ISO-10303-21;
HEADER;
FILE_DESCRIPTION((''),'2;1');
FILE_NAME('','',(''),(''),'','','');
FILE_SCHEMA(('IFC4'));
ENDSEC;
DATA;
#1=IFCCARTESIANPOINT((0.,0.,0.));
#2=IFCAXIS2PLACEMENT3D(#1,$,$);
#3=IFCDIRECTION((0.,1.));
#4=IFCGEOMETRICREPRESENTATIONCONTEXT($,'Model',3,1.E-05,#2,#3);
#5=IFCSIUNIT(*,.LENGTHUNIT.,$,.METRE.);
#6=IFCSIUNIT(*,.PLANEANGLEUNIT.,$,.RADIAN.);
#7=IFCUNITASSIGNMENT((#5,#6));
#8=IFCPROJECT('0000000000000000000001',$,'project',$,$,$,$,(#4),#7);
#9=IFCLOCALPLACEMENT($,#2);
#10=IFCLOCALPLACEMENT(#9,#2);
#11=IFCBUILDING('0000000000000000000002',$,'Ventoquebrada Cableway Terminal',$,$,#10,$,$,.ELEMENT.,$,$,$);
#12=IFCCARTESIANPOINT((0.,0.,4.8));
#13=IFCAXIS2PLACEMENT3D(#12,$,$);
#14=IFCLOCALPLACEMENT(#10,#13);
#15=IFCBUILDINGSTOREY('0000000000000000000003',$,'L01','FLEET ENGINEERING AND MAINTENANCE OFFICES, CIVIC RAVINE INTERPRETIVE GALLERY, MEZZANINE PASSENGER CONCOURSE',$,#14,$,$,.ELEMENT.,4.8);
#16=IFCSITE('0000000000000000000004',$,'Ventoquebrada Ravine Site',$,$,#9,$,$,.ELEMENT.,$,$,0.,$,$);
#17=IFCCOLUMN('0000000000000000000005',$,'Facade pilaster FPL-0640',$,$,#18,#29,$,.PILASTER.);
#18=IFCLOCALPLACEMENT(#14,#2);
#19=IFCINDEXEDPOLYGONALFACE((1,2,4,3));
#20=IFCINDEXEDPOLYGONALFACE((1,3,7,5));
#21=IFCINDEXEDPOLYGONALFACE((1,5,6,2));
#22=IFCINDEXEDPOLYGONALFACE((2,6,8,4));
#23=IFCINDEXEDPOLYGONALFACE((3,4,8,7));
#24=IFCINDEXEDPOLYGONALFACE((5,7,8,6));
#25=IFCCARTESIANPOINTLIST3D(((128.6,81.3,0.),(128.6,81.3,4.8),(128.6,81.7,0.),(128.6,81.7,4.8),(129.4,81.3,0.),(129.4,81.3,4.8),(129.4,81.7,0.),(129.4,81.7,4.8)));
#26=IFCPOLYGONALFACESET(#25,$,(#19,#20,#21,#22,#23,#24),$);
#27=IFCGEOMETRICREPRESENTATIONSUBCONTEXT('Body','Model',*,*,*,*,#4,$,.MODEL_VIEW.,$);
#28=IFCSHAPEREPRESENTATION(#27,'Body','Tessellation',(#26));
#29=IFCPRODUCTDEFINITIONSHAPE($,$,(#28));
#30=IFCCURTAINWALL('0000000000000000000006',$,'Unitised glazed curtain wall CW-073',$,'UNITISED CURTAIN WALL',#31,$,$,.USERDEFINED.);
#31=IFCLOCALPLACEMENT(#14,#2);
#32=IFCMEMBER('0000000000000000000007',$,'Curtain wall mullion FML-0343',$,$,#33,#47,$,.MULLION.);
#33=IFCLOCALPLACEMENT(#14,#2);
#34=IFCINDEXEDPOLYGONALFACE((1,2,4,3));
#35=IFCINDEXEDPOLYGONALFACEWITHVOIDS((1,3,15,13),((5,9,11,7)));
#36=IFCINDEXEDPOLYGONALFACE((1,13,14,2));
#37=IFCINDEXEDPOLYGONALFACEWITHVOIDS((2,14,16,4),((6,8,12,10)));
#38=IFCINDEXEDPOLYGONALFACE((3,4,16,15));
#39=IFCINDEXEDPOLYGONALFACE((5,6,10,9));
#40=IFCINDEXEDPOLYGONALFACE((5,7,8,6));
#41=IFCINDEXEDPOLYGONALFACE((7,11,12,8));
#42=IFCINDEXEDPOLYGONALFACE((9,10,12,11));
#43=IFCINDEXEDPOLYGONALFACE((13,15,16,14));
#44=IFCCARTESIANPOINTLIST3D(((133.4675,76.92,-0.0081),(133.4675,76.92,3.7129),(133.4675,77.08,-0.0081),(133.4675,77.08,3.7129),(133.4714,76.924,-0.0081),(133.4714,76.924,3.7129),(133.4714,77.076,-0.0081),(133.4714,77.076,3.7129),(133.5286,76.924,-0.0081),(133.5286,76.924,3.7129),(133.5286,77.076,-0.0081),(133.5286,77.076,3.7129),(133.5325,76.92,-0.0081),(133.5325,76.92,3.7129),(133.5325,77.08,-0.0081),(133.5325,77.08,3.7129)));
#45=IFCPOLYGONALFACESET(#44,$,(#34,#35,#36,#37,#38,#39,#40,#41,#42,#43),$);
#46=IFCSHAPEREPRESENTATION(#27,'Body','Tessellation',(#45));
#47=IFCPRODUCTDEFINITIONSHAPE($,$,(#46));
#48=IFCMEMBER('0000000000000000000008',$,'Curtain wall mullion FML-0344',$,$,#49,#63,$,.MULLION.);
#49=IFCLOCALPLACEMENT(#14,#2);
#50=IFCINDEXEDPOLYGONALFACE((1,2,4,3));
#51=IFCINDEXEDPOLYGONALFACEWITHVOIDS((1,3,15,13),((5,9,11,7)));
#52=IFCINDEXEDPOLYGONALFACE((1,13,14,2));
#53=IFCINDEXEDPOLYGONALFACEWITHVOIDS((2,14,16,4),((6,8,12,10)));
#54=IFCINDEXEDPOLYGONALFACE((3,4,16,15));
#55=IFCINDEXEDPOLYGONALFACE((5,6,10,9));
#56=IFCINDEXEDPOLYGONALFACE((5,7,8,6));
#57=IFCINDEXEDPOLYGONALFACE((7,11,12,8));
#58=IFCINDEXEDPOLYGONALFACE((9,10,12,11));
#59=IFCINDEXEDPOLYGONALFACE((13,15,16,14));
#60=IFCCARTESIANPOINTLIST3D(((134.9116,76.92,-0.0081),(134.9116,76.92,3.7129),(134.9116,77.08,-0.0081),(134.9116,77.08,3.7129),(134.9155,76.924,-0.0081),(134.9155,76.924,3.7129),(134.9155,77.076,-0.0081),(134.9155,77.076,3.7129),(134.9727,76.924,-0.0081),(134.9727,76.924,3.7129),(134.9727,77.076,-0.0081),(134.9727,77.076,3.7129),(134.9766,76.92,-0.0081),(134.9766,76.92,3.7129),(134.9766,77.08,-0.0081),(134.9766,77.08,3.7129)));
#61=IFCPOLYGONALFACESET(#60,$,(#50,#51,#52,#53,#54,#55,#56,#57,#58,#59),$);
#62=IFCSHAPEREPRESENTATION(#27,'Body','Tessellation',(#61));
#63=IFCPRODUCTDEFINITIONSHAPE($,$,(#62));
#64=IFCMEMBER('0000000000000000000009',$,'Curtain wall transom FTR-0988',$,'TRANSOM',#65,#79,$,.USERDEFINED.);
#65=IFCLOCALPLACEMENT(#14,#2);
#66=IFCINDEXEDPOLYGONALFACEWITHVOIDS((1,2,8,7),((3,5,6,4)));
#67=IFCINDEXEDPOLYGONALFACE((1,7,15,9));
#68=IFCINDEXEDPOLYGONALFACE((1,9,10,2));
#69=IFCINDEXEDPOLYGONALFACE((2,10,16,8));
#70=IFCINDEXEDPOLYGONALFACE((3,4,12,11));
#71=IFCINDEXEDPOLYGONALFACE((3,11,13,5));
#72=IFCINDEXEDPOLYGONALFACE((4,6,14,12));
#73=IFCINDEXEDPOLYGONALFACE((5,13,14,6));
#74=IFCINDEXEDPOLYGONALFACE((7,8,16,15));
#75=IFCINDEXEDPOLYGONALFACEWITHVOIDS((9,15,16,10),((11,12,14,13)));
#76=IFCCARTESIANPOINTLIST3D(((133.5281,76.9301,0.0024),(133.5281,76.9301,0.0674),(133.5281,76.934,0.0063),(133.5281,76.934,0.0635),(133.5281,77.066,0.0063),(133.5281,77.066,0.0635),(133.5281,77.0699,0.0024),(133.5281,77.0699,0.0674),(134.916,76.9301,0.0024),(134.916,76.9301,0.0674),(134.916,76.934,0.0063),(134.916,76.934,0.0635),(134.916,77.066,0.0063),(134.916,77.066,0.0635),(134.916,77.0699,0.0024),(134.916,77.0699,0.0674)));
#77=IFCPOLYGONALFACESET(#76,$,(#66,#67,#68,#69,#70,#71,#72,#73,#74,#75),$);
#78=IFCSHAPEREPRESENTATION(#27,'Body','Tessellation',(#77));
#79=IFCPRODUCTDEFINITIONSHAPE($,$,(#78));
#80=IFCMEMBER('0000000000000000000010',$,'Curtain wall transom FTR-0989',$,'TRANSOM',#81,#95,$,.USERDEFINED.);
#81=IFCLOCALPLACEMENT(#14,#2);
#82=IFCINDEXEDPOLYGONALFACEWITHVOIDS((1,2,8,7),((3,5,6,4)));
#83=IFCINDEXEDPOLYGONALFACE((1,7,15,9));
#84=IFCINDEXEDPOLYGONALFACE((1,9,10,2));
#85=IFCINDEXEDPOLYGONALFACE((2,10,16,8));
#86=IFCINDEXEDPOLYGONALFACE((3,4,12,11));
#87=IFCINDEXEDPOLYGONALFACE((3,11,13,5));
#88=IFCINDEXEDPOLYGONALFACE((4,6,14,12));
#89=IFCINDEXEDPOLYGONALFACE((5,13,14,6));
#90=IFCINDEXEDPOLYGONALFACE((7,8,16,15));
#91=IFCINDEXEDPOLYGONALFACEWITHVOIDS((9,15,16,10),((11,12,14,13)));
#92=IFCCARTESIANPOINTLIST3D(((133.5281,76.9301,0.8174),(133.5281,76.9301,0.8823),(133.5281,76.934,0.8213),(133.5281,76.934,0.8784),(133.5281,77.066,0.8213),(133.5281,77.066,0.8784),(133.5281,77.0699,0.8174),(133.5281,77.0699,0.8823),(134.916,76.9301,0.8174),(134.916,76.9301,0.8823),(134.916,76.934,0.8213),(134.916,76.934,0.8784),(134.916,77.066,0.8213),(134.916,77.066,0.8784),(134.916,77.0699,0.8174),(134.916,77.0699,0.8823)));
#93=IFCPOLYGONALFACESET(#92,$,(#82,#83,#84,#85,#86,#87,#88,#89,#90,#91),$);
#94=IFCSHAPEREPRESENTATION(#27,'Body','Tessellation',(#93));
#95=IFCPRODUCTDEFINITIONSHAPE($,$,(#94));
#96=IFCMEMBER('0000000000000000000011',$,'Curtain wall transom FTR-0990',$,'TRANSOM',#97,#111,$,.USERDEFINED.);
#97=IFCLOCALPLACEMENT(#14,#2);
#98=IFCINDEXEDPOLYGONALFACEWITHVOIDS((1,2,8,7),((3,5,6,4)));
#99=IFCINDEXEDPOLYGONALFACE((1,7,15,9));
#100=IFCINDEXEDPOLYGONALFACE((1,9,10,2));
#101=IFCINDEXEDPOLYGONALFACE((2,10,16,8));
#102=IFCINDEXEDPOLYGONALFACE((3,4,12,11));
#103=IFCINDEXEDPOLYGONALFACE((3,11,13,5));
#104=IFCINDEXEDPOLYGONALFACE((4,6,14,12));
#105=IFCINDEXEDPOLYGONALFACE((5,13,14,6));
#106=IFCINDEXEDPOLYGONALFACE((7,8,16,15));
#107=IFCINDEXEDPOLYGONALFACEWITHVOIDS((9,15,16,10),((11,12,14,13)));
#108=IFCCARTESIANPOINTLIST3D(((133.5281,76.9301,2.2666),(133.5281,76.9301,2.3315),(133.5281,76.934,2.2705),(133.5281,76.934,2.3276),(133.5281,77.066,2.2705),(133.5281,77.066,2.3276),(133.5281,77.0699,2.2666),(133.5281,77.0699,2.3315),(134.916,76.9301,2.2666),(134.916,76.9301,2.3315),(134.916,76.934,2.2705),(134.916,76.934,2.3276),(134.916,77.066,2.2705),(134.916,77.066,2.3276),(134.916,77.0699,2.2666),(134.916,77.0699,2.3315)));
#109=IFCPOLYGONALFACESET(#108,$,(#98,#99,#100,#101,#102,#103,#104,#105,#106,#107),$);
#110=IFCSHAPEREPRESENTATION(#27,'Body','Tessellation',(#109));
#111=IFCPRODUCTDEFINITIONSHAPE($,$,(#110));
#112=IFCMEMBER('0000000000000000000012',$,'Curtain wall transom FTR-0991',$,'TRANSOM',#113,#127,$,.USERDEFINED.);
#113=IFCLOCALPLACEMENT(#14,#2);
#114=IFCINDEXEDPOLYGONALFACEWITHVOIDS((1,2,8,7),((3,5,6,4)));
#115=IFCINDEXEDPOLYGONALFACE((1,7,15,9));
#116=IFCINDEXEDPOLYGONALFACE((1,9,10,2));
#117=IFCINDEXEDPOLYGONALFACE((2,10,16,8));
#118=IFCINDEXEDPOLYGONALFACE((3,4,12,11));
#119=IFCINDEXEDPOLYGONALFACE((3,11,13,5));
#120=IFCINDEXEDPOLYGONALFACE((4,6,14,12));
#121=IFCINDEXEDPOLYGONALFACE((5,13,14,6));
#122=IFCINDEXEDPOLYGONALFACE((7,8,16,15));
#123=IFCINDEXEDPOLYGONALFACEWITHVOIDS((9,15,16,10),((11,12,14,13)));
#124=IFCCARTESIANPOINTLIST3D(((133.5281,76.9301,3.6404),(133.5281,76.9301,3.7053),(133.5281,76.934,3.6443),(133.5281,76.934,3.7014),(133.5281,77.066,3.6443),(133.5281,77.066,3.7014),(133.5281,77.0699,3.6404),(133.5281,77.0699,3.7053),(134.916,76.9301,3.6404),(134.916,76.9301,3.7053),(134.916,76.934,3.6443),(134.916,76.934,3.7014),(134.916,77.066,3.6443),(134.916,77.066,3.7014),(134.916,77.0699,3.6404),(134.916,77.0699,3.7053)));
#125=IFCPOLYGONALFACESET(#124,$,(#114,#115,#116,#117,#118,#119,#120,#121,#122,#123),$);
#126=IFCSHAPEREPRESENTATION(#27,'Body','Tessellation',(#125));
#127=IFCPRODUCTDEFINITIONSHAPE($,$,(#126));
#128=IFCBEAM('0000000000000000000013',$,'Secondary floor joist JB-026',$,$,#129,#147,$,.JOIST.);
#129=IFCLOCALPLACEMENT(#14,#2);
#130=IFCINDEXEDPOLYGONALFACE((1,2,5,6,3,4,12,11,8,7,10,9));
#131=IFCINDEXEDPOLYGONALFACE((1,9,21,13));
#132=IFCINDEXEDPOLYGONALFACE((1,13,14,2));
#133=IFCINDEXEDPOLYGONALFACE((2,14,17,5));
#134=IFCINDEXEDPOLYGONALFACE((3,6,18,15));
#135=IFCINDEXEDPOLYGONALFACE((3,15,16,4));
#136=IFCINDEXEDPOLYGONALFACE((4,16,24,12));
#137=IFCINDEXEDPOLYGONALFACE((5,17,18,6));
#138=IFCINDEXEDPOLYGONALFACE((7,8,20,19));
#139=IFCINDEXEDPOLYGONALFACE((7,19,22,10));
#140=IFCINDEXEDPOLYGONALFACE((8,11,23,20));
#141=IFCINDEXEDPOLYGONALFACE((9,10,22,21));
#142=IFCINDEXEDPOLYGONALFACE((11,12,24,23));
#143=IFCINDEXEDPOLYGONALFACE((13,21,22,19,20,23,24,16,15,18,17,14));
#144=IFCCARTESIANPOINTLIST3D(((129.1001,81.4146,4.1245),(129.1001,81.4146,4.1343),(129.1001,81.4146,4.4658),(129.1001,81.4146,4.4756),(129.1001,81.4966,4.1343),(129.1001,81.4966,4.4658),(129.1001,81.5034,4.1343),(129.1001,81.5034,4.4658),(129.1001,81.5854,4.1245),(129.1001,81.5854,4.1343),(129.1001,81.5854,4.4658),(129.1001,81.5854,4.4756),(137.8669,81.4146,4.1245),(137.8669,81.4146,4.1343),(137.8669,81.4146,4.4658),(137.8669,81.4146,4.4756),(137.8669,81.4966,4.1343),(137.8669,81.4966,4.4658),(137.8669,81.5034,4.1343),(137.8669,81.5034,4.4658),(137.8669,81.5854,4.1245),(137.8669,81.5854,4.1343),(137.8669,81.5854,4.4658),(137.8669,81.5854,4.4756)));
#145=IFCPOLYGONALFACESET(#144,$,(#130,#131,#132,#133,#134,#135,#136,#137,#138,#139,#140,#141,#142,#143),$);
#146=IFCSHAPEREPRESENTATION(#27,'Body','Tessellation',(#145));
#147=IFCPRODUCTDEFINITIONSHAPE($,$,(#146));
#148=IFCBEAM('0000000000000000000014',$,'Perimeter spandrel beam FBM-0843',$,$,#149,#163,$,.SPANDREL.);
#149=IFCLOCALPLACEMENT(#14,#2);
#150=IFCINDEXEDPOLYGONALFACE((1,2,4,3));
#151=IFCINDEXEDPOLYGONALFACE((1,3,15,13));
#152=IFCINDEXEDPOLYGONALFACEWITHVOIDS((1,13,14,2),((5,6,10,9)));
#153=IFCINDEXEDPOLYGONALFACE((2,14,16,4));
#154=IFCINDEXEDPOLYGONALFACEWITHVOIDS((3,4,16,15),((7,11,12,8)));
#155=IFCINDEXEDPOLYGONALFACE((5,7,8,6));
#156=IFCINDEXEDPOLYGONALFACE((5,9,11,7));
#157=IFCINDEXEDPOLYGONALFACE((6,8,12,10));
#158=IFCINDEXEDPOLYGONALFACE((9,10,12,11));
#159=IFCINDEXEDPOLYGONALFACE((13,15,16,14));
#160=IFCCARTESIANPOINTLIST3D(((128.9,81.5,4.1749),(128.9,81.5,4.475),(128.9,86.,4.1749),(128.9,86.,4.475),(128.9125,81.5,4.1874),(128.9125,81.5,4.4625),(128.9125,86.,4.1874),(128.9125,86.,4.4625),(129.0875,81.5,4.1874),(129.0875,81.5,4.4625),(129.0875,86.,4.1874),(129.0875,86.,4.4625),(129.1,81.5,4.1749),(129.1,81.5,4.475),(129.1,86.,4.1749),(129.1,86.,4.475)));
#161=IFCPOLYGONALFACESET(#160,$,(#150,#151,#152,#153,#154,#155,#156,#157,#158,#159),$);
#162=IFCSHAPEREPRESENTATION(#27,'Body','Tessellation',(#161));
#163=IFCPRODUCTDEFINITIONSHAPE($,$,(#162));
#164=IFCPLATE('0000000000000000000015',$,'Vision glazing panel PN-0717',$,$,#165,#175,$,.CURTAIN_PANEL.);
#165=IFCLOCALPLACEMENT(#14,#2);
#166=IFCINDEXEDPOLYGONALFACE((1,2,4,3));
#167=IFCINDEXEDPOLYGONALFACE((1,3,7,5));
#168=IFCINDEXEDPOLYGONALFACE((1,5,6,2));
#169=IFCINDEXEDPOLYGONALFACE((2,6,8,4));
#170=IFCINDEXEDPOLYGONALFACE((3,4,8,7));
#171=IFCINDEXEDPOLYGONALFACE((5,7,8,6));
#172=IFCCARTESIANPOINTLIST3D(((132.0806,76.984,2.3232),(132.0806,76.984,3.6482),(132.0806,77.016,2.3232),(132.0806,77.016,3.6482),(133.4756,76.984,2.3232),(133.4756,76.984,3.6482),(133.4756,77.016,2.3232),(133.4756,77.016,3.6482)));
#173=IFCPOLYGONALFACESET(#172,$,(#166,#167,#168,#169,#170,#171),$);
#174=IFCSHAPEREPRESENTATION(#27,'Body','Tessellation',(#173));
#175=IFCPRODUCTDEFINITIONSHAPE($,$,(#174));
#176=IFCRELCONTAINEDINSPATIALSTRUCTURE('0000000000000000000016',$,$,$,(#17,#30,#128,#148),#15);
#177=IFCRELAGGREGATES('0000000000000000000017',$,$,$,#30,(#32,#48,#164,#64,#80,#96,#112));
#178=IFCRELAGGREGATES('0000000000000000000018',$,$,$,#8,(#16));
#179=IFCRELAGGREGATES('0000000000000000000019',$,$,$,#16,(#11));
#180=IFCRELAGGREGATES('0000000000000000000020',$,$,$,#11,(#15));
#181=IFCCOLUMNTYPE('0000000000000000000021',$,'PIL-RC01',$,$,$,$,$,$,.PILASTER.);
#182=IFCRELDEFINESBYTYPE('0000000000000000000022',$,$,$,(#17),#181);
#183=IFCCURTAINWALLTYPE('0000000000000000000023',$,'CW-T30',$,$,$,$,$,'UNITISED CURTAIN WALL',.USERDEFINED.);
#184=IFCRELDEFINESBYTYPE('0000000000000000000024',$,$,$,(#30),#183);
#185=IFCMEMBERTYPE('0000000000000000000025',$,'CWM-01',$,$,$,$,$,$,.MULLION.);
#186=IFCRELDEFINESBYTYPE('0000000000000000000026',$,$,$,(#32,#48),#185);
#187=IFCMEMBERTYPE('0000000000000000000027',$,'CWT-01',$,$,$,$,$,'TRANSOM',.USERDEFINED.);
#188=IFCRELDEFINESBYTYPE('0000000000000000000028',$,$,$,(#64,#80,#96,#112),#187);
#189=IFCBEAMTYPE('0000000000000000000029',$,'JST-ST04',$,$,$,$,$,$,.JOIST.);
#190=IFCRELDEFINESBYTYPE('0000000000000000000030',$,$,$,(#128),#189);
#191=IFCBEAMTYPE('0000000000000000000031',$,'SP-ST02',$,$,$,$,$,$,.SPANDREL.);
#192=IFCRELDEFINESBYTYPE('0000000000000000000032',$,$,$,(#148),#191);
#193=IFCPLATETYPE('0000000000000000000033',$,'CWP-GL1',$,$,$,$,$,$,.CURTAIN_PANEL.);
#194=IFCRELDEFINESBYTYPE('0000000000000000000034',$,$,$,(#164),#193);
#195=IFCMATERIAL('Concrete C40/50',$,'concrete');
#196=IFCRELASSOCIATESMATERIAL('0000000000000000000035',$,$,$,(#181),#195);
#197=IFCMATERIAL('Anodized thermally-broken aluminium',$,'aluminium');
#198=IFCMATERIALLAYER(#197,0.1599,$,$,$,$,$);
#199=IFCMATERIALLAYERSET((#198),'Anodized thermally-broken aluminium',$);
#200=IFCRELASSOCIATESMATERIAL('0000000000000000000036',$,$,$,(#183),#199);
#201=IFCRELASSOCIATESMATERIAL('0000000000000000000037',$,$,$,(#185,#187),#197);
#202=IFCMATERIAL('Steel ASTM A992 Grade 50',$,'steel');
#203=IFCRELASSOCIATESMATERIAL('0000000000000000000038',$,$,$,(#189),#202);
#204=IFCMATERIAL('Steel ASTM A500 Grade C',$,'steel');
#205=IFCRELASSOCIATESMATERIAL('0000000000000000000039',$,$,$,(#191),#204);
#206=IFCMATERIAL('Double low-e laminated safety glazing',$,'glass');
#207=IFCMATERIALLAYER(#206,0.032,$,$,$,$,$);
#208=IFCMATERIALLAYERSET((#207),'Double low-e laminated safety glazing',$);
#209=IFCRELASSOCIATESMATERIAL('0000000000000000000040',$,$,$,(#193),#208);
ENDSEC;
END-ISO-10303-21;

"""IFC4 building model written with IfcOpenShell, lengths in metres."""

from ifc_helpers import new_model, si_unit, direction, frame, origin, origin_2d, place, context, subcontext, project, spatial, rectangle, hollow_rectangle, i_section, extrude, material, layer, layer_set, material_profile, profile_set, type_object, element, aggregate, save


model = new_model("IFC4")

# Units and contexts
model_context = context("Model", 3, precision=1e-05, world=origin(), true_north=direction((0.0, 1.0)))
body_context = subcontext(model_context, "Body", "Model", "MODEL_VIEW")
ifc_project = project(units=[si_unit("LENGTHUNIT", "METRE"), si_unit("PLANEANGLEUNIT", "RADIAN")], contexts=[model_context])

# Site, building, storey
site_placement = place(None, origin())
site = spatial("IfcSite", under=ifc_project, at=site_placement, Name="Ventoquebrada Ravine Site", CompositionType="ELEMENT", RefElevation=0.0)
building_placement = place(site_placement, origin())
building = spatial("IfcBuilding", under=site, at=building_placement, Name="Ventoquebrada Cableway Terminal", CompositionType="ELEMENT")
storey_placement = place(building_placement, frame((0.0, 0.0, 4.8)))
storey = spatial("IfcBuildingStorey", under=building, at=storey_placement, Name="L01", Description="FLEET ENGINEERING AND MAINTENANCE OFFICES, CIVIC RAVINE INTERPRETIVE GALLERY, MEZZANINE PASSENGER CONCOURSE", CompositionType="ELEMENT", Elevation=4.8)

# Column
ifc_material_1 = material(Name="Concrete C40/50", Category="concrete")
ifc_material_profile_1 = material_profile(ifc_material_1, rectangle(XDim=0.3999, YDim=0.8, at=origin_2d()), Name="RC-PIL-400X800")
ifc_profile_set_1 = profile_set([ifc_material_profile_1], Name="Concrete C40/50")
column_type = type_object("IfcColumnType", Name="PIL-RC01", PredefinedType="PILASTER", material=ifc_profile_set_1)
column_placement = place(storey_placement, frame((129.0, 81.5, 0.0), z_axis=(0.0, 0.0, 1.0), x_axis=(0.0, 1.0, 0.0)))
element("IfcColumn", 1, at=column_placement, inside=storey, type_object=column_type, Name="Facade pilaster FPL-0640", PredefinedType="PILASTER", context=body_context, shape_type="SweptSolid", body=[
    extrude(rectangle(XDim=0.3999, YDim=0.8, at=origin_2d()), origin(), (0.0, 0.0, 1.0), 4.8),
])

# Curtain wall, members
ifc_material_2 = material(Name="Anodized thermally-broken aluminium", Category="aluminium")
ifc_layer_1 = layer(ifc_material_2, 0.1599)
ifc_layer_set_1 = layer_set([ifc_layer_1], Name="Anodized thermally-broken aluminium")
curtain_wall_type = type_object("IfcCurtainWallType", Name="CW-T30", ElementType="UNITISED CURTAIN WALL", PredefinedType="USERDEFINED", material=ifc_layer_set_1)
curtain_wall_placement = place(storey_placement, origin())
curtain_wall = element("IfcCurtainWall", 2, at=curtain_wall_placement, inside=storey, type_object=curtain_wall_type, Name="Unitised glazed curtain wall CW-073", ObjectType="UNITISED CURTAIN WALL", PredefinedType="USERDEFINED")
ifc_material_profile_2 = material_profile(ifc_material_2, hollow_rectangle(XDim=0.0649, YDim=0.1599, WallThickness=0.0039, at=origin_2d()), Name="CW-MUL-65X160")
ifc_profile_set_2 = profile_set([ifc_material_profile_2], Name="Anodized thermally-broken aluminium")
member_type_1 = type_object("IfcMemberType", Name="CWM-01", PredefinedType="MULLION", material=ifc_profile_set_2)
member_1_placement = place(storey_placement, frame((133.5, 77.0, -0.0081), z_axis=(0.0, 0.0, 1.0), x_axis=(1.0, 0.0, 0.0)))
member_1 = element("IfcMember", 3, at=member_1_placement, type_object=member_type_1, Name="Curtain wall mullion FML-0343", PredefinedType="MULLION", context=body_context, shape_type="SweptSolid", body=[
    extrude(hollow_rectangle(XDim=0.0649, YDim=0.1599, WallThickness=0.0039, at=origin_2d()), origin(), (0.0, 0.0, 1.0), 3.7209),
])
member_2_placement = place(storey_placement, frame((134.9441, 77.0, -0.0081), z_axis=(0.0, 0.0, 1.0), x_axis=(1.0, 0.0, 0.0)))
member_2 = element("IfcMember", 4, at=member_2_placement, type_object=member_type_1, Name="Curtain wall mullion FML-0344", PredefinedType="MULLION", context=body_context, shape_type="SweptSolid", body=[
    extrude(hollow_rectangle(XDim=0.0649, YDim=0.1599, WallThickness=0.0039, at=origin_2d()), origin(), (0.0, 0.0, 1.0), 3.7209),
])
ifc_material_profile_3 = material_profile(ifc_material_2, hollow_rectangle(XDim=0.0649, YDim=0.1399, WallThickness=0.0039, at=origin_2d()), Name="CW-TRN-65X140")
ifc_profile_set_3 = profile_set([ifc_material_profile_3], Name="Anodized thermally-broken aluminium")
member_type_2 = type_object("IfcMemberType", Name="CWT-01", ElementType="TRANSOM", PredefinedType="USERDEFINED", material=ifc_profile_set_3)
member_3_placement = place(storey_placement, frame((133.5281, 77.0, 0.0349), z_axis=(1.0, 0.0, 0.0), x_axis=(0.0, 0.0, 1.0)))
member_3 = element("IfcMember", 5, at=member_3_placement, type_object=member_type_2, Name="Curtain wall transom FTR-0988", ObjectType="TRANSOM", PredefinedType="USERDEFINED", context=body_context, shape_type="SweptSolid", body=[
    extrude(hollow_rectangle(XDim=0.0649, YDim=0.1399, WallThickness=0.0039, at=origin_2d()), origin(), (0.0, 0.0, 1.0), 1.3879),
])
member_4_placement = place(storey_placement, frame((133.5281, 77.0, 0.8499), z_axis=(1.0, 0.0, 0.0), x_axis=(0.0, 0.0, 1.0)))
member_4 = element("IfcMember", 6, at=member_4_placement, type_object=member_type_2, Name="Curtain wall transom FTR-0989", ObjectType="TRANSOM", PredefinedType="USERDEFINED", context=body_context, shape_type="SweptSolid", body=[
    extrude(hollow_rectangle(XDim=0.0649, YDim=0.1399, WallThickness=0.0039, at=origin_2d()), origin(), (0.0, 0.0, 1.0), 1.3879),
])
member_5_placement = place(storey_placement, frame((133.5281, 77.0, 2.2991), z_axis=(1.0, 0.0, 0.0), x_axis=(0.0, 0.0, 1.0)))
member_5 = element("IfcMember", 7, at=member_5_placement, type_object=member_type_2, Name="Curtain wall transom FTR-0990", ObjectType="TRANSOM", PredefinedType="USERDEFINED", context=body_context, shape_type="SweptSolid", body=[
    extrude(hollow_rectangle(XDim=0.0649, YDim=0.1399, WallThickness=0.0039, at=origin_2d()), origin(), (0.0, 0.0, 1.0), 1.3879),
])
member_6_placement = place(storey_placement, frame((133.5281, 77.0, 3.6729), z_axis=(1.0, 0.0, 0.0), x_axis=(0.0, 0.0, 1.0)))
member_6 = element("IfcMember", 8, at=member_6_placement, type_object=member_type_2, Name="Curtain wall transom FTR-0991", ObjectType="TRANSOM", PredefinedType="USERDEFINED", context=body_context, shape_type="SweptSolid", body=[
    extrude(hollow_rectangle(XDim=0.0649, YDim=0.1399, WallThickness=0.0039, at=origin_2d()), origin(), (0.0, 0.0, 1.0), 1.3879),
])

# Beams
ifc_material_3 = material(Name="Steel ASTM A992 Grade 50", Category="steel")
ifc_material_profile_4 = material_profile(ifc_material_3, i_section(OverallWidth=0.1709, OverallDepth=0.3511, WebThickness=0.0068, FlangeThickness=0.0098, at=origin_2d()), Name="W14X30")
ifc_profile_set_4 = profile_set([ifc_material_profile_4], Name="Steel ASTM A992 Grade 50")
beam_type_1 = type_object("IfcBeamType", Name="JST-ST04", PredefinedType="JOIST", material=ifc_profile_set_4)
beam_1_placement = place(storey_placement, frame((129.1001, 81.5, 4.3), z_axis=(1.0, 0.0, 0.0), x_axis=(0.0, 1.0, 0.0)))
element("IfcBeam", 9, at=beam_1_placement, inside=storey, type_object=beam_type_1, Name="Secondary floor joist JB-026", PredefinedType="JOIST", context=body_context, shape_type="SweptSolid", body=[
    extrude(i_section(OverallWidth=0.1709, OverallDepth=0.3511, WebThickness=0.0068, FlangeThickness=0.0098, at=origin_2d()), origin(), (0.0, 0.0, 1.0), 8.7668),
])
ifc_material_4 = material(Name="Steel ASTM A500 Grade C", Category="steel")
ifc_material_profile_5 = material_profile(ifc_material_4, hollow_rectangle(XDim=0.2, YDim=0.3, WallThickness=0.0125, at=origin_2d()), Name="RHS300X200X12.5")
ifc_profile_set_5 = profile_set([ifc_material_profile_5], Name="Steel ASTM A500 Grade C")
beam_type_2 = type_object("IfcBeamType", Name="SP-ST02", PredefinedType="SPANDREL", material=ifc_profile_set_5)
beam_2_placement = place(storey_placement, frame((129.0, 81.5, 4.325), z_axis=(0.0, 1.0, 0.0), x_axis=(-1.0, 0.0, 0.0)))
element("IfcBeam", 10, at=beam_2_placement, inside=storey, type_object=beam_type_2, Name="Perimeter spandrel beam FBM-0843", PredefinedType="SPANDREL", context=body_context, shape_type="SweptSolid", body=[
    extrude(hollow_rectangle(XDim=0.2, YDim=0.3, WallThickness=0.0125, at=origin_2d()), origin(), (0.0, 0.0, 1.0), 4.5),
])

# Plate
ifc_material_5 = material(Name="Double low-e laminated safety glazing", Category="glass")
ifc_layer_2 = layer(ifc_material_5, 0.032)
ifc_layer_set_2 = layer_set([ifc_layer_2], Name="Double low-e laminated safety glazing")
plate_type_1 = type_object("IfcPlateType", Name="CWP-GL1", PredefinedType="CURTAIN_PANEL", material=ifc_layer_set_2)
plate_1_placement = place(storey_placement, frame((132.7781, 77.0, 2.3232), z_axis=(0.0, 0.0, 1.0), x_axis=(1.0, 0.0, 0.0)))
plate_1 = element("IfcPlate", 11, at=plate_1_placement, type_object=plate_type_1, Name="Vision glazing panel PN-0717", PredefinedType="CURTAIN_PANEL", context=body_context, shape_type="SweptSolid", body=[
    extrude(rectangle(XDim=1.395, YDim=0.032, at=origin_2d()), origin(), (0.0, 0.0, 1.0), 1.325),
])
aggregate(curtain_wall, [member_1, member_2, plate_1, member_3, member_4, member_5, member_6])

save(model, "model.ifc")
